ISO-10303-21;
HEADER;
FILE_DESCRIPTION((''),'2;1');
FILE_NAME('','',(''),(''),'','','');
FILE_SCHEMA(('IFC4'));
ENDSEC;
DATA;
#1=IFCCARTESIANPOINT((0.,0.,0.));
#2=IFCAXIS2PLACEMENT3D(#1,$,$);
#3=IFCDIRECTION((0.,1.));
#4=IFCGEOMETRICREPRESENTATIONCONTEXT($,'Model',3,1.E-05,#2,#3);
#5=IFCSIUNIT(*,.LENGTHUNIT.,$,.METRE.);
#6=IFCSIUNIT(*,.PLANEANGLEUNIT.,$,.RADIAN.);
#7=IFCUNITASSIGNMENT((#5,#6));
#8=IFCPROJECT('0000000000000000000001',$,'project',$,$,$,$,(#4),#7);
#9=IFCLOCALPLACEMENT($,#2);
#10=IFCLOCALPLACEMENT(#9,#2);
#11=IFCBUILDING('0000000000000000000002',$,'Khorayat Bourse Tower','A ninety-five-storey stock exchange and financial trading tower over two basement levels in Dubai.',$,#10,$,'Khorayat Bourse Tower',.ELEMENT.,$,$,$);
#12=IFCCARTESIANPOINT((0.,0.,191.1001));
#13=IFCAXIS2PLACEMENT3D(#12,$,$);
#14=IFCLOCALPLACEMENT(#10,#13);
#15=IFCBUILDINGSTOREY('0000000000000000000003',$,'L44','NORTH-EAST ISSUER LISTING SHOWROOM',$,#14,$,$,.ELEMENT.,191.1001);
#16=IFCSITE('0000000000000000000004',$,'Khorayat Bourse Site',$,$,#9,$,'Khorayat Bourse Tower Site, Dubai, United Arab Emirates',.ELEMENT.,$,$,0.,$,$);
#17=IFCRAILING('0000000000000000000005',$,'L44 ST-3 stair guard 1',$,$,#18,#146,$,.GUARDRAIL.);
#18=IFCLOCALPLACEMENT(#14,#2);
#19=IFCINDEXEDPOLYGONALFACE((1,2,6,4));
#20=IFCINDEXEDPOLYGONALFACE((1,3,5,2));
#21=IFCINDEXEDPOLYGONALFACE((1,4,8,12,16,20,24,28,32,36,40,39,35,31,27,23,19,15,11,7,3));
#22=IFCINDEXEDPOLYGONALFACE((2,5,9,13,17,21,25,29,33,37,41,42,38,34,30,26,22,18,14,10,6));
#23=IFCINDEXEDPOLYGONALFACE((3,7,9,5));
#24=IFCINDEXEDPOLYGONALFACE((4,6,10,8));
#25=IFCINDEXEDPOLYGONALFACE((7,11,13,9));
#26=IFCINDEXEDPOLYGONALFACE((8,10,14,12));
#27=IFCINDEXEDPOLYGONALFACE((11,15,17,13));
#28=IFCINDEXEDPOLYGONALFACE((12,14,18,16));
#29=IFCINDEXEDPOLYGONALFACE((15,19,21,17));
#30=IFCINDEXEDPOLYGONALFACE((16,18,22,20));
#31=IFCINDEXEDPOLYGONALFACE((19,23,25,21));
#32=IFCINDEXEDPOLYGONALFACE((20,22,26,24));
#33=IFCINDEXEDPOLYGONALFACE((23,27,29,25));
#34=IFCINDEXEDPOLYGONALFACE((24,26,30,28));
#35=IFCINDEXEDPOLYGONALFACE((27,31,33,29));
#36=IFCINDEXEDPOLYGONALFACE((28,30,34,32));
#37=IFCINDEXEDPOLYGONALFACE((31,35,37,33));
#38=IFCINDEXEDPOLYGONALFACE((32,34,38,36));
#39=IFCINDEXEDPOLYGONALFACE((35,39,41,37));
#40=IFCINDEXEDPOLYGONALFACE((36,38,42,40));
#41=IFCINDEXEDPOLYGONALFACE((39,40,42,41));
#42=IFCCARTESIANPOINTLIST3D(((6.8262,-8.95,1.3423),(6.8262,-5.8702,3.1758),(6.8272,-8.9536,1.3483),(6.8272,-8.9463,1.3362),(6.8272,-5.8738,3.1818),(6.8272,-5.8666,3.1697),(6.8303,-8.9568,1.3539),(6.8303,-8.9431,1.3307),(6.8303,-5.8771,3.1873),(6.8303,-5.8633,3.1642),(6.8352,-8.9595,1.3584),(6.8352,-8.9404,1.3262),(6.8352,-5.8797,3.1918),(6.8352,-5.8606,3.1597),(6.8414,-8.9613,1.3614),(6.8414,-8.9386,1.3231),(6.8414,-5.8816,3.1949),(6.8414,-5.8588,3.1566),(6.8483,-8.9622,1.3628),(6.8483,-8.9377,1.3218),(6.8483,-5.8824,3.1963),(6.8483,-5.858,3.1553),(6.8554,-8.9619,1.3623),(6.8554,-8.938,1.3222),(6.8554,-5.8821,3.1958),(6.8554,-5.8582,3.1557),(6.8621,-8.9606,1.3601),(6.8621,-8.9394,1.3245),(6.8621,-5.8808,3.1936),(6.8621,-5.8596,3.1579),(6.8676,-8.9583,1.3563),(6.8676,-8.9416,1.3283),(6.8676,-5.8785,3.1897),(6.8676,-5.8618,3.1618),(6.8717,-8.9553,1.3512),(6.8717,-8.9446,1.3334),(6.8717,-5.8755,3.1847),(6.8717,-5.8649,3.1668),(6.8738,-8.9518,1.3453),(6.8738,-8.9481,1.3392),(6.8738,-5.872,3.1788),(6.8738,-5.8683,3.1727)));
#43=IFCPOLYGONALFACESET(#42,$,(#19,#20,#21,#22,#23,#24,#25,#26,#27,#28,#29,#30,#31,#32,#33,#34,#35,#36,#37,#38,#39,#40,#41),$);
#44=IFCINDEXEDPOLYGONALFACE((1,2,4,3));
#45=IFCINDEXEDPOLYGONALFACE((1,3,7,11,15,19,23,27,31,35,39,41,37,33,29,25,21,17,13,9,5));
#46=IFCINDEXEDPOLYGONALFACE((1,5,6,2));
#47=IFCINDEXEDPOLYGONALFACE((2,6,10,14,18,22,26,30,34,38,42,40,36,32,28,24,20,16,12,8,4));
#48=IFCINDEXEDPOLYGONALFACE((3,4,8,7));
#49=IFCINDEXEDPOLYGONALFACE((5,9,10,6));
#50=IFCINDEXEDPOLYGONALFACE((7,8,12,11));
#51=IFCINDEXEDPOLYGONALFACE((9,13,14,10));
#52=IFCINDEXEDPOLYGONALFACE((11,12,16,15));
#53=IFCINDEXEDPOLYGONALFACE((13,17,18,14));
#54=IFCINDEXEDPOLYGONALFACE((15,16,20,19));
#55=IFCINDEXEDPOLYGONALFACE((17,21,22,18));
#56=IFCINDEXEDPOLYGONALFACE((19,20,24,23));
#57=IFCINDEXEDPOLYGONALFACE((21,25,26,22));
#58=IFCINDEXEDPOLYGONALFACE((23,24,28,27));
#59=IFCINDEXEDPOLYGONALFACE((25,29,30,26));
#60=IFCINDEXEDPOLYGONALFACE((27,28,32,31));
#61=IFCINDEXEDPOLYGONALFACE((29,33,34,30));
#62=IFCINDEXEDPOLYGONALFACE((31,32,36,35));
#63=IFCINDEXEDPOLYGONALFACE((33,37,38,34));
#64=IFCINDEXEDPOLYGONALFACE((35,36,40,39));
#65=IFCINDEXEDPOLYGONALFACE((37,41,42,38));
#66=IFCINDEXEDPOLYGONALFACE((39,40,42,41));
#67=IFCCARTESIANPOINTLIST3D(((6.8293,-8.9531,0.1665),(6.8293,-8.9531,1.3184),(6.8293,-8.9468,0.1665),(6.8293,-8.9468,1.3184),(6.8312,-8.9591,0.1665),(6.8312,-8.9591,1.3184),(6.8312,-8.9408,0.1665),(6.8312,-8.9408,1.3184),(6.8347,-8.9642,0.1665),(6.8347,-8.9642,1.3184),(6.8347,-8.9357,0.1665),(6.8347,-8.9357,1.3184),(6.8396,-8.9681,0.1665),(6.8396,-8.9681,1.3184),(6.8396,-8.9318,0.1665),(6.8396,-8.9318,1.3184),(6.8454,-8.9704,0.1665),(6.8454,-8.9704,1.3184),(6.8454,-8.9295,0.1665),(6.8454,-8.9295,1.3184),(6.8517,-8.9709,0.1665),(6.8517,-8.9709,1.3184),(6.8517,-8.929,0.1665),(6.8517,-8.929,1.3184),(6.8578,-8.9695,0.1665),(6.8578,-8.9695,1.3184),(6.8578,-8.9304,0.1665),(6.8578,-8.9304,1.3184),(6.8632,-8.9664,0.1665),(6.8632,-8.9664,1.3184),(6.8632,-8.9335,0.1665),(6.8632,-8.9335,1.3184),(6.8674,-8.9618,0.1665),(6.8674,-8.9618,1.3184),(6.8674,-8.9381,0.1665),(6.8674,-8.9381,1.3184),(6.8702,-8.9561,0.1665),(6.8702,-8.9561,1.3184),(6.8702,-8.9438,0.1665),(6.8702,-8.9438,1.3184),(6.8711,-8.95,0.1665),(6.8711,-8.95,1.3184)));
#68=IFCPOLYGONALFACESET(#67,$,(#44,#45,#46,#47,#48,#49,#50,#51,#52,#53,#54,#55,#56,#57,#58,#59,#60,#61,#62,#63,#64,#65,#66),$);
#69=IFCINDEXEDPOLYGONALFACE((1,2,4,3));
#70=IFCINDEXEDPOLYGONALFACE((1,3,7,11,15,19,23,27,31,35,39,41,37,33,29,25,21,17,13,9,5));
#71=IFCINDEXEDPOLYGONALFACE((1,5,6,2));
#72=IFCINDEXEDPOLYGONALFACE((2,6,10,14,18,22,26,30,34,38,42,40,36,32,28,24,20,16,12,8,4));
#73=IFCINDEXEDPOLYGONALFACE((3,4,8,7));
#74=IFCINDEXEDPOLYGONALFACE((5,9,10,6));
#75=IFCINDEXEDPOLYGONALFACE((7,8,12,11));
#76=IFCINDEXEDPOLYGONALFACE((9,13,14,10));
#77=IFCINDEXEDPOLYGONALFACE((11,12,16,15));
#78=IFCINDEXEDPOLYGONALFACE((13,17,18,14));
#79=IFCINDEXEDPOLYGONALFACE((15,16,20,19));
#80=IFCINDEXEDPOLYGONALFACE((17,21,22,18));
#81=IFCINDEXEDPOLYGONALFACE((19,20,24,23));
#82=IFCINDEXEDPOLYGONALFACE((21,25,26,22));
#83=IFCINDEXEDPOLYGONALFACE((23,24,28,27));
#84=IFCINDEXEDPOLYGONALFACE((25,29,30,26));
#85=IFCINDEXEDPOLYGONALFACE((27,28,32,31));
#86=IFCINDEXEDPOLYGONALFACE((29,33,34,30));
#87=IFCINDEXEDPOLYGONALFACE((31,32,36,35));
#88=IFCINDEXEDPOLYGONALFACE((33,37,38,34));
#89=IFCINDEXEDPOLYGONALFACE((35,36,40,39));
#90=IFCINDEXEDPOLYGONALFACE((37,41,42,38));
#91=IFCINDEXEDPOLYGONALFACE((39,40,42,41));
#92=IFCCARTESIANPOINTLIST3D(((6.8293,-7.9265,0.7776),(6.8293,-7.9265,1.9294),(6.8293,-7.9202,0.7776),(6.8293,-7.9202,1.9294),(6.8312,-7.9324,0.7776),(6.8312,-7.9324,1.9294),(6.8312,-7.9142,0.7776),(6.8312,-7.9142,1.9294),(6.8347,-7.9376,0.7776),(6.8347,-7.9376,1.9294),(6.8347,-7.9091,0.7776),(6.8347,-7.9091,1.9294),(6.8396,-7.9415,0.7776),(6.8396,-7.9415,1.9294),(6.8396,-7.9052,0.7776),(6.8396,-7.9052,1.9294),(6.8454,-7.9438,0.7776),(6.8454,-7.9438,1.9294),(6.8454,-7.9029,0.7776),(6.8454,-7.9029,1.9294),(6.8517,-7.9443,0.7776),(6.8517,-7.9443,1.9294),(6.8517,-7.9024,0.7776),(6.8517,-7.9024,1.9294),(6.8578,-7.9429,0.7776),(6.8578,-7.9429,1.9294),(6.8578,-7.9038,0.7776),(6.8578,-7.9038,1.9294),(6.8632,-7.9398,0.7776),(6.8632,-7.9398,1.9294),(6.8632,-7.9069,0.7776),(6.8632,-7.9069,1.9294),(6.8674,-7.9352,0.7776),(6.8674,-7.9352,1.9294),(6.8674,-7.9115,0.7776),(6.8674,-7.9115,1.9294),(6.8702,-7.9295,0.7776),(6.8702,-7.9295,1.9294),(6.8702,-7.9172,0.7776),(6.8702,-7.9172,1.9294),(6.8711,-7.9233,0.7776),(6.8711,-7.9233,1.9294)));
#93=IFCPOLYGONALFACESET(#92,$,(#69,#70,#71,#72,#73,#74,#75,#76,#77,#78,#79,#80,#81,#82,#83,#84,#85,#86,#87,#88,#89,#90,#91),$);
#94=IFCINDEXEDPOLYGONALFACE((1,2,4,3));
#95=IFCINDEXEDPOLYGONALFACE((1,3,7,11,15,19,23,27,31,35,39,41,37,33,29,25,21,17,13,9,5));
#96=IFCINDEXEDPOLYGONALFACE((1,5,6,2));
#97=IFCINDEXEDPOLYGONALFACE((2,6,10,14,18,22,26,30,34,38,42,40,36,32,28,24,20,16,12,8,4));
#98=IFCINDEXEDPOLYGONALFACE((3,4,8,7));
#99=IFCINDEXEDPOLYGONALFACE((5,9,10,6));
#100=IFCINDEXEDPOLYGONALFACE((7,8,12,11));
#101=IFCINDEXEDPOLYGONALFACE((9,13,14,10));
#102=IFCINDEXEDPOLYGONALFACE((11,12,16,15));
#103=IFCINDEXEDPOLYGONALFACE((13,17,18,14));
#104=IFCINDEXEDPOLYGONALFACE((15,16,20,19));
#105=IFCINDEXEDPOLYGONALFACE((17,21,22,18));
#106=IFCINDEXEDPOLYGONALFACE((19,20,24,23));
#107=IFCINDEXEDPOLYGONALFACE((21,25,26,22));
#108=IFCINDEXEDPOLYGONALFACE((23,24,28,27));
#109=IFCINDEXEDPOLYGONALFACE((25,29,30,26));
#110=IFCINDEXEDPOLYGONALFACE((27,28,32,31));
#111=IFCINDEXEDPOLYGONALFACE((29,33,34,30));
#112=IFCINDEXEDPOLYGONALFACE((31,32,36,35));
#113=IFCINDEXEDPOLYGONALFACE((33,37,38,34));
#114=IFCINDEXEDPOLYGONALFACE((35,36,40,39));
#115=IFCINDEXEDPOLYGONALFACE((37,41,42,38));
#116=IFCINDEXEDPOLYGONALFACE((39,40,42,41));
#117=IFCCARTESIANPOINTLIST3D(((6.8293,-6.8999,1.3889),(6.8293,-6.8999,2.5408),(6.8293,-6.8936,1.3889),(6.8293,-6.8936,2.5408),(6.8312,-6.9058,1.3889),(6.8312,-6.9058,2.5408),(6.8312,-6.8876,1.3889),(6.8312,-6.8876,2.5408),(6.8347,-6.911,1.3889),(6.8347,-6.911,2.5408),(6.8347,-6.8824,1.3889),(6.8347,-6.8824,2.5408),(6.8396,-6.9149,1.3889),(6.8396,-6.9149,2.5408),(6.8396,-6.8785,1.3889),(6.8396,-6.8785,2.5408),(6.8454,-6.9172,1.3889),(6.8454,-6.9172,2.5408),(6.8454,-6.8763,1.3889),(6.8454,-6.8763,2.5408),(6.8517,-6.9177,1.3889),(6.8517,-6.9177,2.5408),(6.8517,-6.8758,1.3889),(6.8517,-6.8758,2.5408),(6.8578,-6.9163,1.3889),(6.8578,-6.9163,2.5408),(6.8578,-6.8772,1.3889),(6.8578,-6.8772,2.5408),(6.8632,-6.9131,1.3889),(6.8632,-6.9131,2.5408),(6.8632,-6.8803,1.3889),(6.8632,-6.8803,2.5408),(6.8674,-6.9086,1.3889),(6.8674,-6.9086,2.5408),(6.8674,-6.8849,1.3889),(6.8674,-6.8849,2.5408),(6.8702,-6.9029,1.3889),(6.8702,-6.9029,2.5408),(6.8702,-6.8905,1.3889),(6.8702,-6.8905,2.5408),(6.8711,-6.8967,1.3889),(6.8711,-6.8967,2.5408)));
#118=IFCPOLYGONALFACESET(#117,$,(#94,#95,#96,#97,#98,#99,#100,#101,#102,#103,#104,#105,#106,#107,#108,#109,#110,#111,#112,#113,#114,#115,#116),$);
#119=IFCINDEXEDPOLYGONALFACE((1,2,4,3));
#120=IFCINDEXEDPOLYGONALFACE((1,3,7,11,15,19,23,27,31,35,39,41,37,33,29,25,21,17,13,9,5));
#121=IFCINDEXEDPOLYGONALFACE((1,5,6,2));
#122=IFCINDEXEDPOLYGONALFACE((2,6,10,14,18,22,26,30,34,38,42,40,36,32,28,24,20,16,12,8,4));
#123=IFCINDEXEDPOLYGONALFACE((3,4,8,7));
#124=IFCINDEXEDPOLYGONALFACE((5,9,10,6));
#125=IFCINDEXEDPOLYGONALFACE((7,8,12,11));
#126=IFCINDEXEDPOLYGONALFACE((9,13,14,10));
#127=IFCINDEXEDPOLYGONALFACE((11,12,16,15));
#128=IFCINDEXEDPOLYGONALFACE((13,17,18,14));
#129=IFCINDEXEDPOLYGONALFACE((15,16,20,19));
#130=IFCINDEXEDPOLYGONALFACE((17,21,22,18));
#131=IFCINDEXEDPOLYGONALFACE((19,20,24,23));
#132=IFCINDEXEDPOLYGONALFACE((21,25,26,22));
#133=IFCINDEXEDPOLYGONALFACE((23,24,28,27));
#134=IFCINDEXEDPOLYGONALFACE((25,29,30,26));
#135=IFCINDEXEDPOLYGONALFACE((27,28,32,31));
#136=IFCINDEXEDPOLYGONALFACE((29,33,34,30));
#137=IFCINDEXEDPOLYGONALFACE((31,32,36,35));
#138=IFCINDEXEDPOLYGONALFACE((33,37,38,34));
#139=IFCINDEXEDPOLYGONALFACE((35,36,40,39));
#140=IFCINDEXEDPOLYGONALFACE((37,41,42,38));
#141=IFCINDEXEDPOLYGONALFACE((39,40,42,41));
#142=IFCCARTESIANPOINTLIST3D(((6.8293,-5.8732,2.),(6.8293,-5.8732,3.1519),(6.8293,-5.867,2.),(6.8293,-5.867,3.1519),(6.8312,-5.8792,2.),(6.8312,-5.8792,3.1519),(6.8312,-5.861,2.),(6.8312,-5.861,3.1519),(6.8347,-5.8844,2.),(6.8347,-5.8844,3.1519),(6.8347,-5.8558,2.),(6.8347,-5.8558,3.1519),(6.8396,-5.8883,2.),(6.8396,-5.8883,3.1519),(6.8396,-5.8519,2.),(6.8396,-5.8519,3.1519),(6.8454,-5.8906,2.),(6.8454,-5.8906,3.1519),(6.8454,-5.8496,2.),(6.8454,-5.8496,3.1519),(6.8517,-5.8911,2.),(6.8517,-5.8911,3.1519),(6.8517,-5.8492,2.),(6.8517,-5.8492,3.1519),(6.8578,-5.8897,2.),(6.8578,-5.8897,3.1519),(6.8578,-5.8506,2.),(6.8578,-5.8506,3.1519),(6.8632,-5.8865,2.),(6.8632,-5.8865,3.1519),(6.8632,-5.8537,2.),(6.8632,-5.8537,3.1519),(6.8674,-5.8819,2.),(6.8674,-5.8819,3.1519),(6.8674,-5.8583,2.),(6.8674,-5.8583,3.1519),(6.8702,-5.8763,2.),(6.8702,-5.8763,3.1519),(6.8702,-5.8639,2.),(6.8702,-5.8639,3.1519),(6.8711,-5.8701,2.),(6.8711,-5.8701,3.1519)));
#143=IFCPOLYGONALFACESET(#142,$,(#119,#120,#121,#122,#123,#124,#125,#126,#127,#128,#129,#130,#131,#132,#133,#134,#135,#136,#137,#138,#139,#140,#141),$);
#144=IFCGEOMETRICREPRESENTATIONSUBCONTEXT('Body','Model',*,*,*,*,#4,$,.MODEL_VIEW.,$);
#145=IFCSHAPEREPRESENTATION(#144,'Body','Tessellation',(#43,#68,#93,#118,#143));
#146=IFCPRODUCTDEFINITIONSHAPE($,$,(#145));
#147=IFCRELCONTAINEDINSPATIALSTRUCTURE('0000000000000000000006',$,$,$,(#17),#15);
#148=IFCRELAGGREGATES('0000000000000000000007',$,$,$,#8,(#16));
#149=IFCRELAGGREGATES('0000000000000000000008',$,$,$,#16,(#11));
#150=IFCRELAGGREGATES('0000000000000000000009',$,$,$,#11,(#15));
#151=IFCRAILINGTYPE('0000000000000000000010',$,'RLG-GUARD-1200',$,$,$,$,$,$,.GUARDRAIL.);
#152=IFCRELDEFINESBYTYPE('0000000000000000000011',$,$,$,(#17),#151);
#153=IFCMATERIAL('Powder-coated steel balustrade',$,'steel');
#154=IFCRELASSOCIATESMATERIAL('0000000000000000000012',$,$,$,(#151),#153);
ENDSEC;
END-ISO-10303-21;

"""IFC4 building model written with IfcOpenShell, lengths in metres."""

from ifc_helpers import new_model, si_unit, direction, frame, origin, origin_2d, place, context, subcontext, project, spatial, circle, extrude, source, transform, mapped, material, type_object, element, save


model = new_model("IFC4")

# Units and contexts
model_context = context("Model", 3, precision=1e-05, world=origin(), true_north=direction((0.0, 1.0)))
body_context = subcontext(model_context, "Body", "Model", "MODEL_VIEW")
ifc_project = project(units=[si_unit("LENGTHUNIT", "METRE"), si_unit("PLANEANGLEUNIT", "RADIAN")], contexts=[model_context])

# Site, building, storey
site_placement = place(None, origin())
site = spatial("IfcSite", under=ifc_project, at=site_placement, Name="Khorayat Bourse Site", LongName="Khorayat Bourse Tower Site, Dubai, United Arab Emirates", CompositionType="ELEMENT", RefElevation=0.0)
building_placement = place(site_placement, origin())
building = spatial("IfcBuilding", under=site, at=building_placement, Name="Khorayat Bourse Tower", Description="A ninety-five-storey stock exchange and financial trading tower over two basement levels in Dubai.", LongName="Khorayat Bourse Tower", CompositionType="ELEMENT")
storey_placement = place(building_placement, frame((0.0, 0.0, 191.1001)))
storey = spatial("IfcBuildingStorey", under=building, at=storey_placement, Name="L44", Description="NORTH-EAST ISSUER LISTING SHOWROOM", CompositionType="ELEMENT", Elevation=191.1001)

# Railing
ifc_material_1 = material(Name="Powder-coated steel balustrade", Category="steel")
railing_type_1 = type_object("IfcRailingType", Name="RLG-GUARD-1200", PredefinedType="GUARDRAIL", material=ifc_material_1)
shared_shape_1 = source(origin(), body_context, "Body", "SweptSolid", [
    extrude(circle(Radius=0.0239, at=origin_2d()), frame((0.0, 0.0, 1.1758), z_axis=(0.0, 0.859261, 0.511538), x_axis=(-1.0, 0.0, 0.0)), (0.0, 0.0, 1.0), 3.5842),
    extrude(circle(Radius=0.021, at=origin_2d()), origin(), (0.0, 0.0, 1.0), 1.1519),
    extrude(circle(Radius=0.021, at=origin_2d()), frame((0.0, 1.0266, 0.6111)), (0.0, 0.0, 1.0), 1.1519),
    extrude(circle(Radius=0.021, at=origin_2d()), frame((0.0, 2.0532, 1.2224)), (0.0, 0.0, 1.0), 1.1519),
    extrude(circle(Radius=0.021, at=origin_2d()), frame((0.0, 3.0798, 1.8335)), (0.0, 0.0, 1.0), 1.1519),
])
railing_1_placement = place(storey_placement, frame((6.8501, -8.95, 0.1665)))
element("IfcRailing", 1, at=railing_1_placement, inside=storey, type_object=railing_type_1, Name="L44 ST-3 stair guard 1", PredefinedType="GUARDRAIL", context=body_context, shape_type="MappedRepresentation", body=[
    mapped(shared_shape_1, transform((0.0, 0.0, 0.0), scale=1.0)),
])

save(model, "model.ifc")
